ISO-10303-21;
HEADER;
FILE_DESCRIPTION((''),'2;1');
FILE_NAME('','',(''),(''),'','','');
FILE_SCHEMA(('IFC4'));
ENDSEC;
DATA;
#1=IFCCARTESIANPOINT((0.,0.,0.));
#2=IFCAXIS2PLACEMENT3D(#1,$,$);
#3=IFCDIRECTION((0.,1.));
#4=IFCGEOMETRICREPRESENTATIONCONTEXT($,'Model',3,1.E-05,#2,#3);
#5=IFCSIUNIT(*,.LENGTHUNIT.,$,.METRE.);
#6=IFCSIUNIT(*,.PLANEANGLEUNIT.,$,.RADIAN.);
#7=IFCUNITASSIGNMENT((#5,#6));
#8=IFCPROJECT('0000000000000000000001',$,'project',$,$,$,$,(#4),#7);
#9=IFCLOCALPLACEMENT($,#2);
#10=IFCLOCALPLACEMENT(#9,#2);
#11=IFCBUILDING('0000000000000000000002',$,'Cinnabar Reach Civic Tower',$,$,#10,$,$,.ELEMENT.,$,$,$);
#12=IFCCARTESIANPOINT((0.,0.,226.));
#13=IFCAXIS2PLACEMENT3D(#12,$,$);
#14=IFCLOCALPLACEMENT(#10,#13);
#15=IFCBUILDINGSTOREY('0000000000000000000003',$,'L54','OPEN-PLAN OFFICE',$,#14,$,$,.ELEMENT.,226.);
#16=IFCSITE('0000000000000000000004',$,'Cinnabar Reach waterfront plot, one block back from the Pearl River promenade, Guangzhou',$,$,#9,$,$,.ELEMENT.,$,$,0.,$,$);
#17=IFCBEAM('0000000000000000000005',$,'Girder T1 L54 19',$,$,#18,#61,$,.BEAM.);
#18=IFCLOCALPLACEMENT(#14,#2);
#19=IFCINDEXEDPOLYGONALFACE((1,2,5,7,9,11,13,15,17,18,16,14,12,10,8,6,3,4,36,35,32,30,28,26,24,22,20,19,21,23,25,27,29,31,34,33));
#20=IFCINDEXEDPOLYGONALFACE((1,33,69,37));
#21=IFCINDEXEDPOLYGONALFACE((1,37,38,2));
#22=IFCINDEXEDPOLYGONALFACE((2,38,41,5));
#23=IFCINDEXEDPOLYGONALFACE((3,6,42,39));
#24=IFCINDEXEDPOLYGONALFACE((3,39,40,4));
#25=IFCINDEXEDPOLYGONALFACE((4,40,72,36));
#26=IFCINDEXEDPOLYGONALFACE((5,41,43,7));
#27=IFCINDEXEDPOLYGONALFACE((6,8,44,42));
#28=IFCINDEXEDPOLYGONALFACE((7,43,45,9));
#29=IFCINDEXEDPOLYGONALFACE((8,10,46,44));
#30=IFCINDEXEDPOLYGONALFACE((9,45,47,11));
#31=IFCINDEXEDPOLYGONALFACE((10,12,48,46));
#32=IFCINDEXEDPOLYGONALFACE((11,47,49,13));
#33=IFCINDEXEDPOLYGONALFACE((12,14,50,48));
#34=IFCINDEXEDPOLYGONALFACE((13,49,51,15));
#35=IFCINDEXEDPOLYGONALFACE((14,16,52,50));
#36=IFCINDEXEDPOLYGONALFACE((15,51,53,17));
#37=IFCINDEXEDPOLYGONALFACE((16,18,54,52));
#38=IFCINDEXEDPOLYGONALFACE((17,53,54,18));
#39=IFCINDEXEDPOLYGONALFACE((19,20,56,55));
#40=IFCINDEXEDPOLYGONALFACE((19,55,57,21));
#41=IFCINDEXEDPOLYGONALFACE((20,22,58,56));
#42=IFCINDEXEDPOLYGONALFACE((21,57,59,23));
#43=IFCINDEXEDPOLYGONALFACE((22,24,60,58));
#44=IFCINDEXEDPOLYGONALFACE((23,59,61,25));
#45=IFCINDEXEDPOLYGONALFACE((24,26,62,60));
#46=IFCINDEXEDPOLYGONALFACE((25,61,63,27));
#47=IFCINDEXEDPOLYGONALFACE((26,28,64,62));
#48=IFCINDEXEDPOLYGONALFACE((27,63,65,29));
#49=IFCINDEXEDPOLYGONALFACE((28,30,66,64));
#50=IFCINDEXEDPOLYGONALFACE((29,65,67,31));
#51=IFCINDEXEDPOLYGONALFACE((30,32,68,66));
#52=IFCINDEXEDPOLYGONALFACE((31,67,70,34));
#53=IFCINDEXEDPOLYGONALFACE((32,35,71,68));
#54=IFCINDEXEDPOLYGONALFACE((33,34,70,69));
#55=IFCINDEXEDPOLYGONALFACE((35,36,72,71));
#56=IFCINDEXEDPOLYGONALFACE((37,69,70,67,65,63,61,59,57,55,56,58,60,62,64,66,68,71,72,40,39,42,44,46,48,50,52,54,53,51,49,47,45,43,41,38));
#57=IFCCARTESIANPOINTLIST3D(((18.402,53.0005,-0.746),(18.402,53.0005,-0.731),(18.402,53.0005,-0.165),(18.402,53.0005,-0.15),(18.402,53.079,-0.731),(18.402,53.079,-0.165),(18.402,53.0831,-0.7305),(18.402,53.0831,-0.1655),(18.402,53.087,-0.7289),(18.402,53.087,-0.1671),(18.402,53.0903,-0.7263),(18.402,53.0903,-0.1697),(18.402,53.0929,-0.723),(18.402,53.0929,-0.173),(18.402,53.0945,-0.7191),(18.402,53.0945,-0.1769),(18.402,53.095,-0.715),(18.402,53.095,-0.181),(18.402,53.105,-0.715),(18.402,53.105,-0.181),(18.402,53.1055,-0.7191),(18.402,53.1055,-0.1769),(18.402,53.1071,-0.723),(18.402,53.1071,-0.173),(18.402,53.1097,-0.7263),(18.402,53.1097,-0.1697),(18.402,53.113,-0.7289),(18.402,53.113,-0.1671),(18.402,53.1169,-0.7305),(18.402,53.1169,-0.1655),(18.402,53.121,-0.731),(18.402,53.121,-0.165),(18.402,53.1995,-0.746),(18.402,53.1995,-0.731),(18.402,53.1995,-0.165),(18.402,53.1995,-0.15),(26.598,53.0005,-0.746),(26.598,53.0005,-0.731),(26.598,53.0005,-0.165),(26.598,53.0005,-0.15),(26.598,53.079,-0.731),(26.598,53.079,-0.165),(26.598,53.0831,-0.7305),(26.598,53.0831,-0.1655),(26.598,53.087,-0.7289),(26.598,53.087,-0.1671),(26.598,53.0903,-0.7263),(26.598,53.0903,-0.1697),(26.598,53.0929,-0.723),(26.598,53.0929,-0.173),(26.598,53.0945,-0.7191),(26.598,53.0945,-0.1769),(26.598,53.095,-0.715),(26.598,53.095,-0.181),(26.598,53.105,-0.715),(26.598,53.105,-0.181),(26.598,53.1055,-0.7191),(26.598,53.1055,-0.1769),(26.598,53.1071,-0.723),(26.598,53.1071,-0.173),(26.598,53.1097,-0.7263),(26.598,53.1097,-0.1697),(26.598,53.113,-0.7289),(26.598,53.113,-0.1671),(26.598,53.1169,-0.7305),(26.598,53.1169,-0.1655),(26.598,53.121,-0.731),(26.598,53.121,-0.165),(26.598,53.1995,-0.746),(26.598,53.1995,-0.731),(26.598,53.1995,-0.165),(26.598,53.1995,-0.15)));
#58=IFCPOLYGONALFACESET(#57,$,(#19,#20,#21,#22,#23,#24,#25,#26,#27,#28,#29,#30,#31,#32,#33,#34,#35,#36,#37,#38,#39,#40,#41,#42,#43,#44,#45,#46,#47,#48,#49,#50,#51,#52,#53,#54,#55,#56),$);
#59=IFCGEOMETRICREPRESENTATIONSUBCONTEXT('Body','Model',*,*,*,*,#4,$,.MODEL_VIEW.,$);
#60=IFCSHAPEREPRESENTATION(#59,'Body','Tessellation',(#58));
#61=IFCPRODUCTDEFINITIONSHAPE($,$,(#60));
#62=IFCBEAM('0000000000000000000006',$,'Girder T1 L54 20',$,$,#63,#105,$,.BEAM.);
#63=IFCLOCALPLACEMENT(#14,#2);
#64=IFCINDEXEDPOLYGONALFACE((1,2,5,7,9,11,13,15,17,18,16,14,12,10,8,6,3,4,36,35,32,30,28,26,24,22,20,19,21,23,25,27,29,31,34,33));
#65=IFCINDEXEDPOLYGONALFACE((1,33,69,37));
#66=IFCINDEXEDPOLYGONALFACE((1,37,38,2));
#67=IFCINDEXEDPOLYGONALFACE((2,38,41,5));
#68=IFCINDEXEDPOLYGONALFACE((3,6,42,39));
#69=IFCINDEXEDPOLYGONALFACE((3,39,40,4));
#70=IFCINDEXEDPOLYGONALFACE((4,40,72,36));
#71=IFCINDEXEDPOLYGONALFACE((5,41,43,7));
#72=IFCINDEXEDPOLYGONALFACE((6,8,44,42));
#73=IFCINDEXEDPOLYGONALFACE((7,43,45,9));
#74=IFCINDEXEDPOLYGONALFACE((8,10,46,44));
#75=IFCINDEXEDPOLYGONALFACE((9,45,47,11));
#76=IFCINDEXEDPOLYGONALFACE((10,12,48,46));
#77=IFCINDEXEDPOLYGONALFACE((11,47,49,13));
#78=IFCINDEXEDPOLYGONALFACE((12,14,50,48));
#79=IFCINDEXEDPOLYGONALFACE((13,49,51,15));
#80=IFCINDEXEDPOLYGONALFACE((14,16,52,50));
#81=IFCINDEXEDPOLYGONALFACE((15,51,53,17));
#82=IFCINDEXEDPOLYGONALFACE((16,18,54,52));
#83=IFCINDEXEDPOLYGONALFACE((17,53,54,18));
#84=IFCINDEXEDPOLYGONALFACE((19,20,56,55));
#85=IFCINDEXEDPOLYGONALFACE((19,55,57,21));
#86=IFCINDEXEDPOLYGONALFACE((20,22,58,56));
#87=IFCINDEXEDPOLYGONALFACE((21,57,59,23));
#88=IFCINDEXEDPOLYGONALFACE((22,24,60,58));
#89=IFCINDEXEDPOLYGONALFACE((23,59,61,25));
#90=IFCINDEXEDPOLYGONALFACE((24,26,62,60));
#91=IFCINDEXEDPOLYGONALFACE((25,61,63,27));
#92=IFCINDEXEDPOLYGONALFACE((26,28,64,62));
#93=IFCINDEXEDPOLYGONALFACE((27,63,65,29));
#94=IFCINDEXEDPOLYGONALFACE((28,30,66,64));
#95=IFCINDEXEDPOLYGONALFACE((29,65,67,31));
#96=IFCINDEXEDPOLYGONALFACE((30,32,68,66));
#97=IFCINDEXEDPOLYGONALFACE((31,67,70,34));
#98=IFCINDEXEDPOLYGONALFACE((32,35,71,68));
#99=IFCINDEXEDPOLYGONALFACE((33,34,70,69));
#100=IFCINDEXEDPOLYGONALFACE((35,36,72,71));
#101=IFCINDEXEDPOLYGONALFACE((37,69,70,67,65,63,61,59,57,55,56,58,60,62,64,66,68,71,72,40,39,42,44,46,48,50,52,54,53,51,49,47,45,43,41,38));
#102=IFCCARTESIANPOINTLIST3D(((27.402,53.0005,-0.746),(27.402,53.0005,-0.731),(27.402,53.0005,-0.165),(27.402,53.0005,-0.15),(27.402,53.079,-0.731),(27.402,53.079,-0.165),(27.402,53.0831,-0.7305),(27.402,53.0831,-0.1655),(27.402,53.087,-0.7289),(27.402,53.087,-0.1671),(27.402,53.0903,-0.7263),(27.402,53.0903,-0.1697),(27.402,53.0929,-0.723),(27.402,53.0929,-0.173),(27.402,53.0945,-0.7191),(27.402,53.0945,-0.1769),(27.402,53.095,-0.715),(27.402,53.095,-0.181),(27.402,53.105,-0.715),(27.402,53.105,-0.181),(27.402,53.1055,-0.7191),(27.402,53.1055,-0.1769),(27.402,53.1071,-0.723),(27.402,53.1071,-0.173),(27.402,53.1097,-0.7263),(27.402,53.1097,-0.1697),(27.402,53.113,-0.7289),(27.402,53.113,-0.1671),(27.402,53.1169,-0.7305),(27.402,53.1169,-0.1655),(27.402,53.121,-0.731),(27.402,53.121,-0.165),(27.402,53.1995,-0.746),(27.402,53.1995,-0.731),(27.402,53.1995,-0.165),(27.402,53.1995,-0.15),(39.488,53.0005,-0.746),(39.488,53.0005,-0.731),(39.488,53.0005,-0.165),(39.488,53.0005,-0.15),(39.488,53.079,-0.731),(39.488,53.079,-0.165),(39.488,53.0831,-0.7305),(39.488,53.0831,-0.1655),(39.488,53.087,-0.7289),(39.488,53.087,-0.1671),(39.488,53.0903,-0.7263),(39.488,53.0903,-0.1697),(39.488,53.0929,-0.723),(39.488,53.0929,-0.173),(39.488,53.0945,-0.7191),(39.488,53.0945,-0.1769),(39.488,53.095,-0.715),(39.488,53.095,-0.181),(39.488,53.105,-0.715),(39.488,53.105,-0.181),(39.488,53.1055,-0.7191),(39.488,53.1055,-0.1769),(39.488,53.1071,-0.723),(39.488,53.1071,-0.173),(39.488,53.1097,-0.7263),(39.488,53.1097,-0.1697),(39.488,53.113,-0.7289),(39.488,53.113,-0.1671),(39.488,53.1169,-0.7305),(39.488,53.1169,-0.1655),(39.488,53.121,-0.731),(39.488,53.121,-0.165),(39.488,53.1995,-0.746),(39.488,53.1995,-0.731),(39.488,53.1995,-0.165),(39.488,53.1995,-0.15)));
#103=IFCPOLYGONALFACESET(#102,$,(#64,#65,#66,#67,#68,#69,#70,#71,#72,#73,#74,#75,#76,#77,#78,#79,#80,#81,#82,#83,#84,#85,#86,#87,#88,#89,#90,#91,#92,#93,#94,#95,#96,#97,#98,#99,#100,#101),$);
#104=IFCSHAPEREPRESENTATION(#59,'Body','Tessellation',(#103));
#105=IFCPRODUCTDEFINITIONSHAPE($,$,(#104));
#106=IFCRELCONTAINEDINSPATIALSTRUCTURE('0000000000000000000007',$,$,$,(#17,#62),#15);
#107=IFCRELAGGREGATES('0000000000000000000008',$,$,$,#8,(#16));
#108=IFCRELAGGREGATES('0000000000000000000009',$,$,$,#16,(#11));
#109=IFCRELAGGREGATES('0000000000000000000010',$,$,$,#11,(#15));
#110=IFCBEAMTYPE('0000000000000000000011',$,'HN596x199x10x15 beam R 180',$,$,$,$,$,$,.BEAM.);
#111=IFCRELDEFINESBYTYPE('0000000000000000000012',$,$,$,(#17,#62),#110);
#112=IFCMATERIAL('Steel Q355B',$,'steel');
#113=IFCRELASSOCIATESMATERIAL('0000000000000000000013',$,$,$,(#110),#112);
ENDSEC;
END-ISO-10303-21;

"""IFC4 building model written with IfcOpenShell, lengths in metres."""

from ifc_helpers import new_model, si_unit, direction, frame, origin, origin_2d, place, context, subcontext, project, spatial, i_section, extrude, material, material_profile, profile_set, type_object, element, save


model = new_model("IFC4")

# Units and contexts
model_context = context("Model", 3, precision=1e-05, world=origin(), true_north=direction((0.0, 1.0)))
body_context = subcontext(model_context, "Body", "Model", "MODEL_VIEW")
ifc_project = project(units=[si_unit("LENGTHUNIT", "METRE"), si_unit("PLANEANGLEUNIT", "RADIAN")], contexts=[model_context])

# Site, building, storey
site_placement = place(None, origin())
site = spatial("IfcSite", under=ifc_project, at=site_placement, Name="Cinnabar Reach waterfront plot, one block back from the Pearl River promenade, Guangzhou", CompositionType="ELEMENT", RefElevation=0.0)
building_placement = place(site_placement, origin())
building = spatial("IfcBuilding", under=site, at=building_placement, Name="Cinnabar Reach Civic Tower", CompositionType="ELEMENT")
storey_placement = place(building_placement, frame((0.0, 0.0, 226.0)))
storey = spatial("IfcBuildingStorey", under=building, at=storey_placement, Name="L54", Description="OPEN-PLAN OFFICE", CompositionType="ELEMENT", Elevation=226.0)

# Beams
ifc_material_1 = material(Name="Steel Q355B", Category="steel")
ifc_material_profile_1 = material_profile(ifc_material_1, i_section(OverallWidth=0.199, OverallDepth=0.596, WebThickness=0.01, FlangeThickness=0.015, FilletRadius=0.016, at=origin_2d()), Name="HN596x199x10x15")
ifc_profile_set_1 = profile_set([ifc_material_profile_1], Name="Steel Q355B")
beam_type_1 = type_object("IfcBeamType", Name="HN596x199x10x15 beam R 180", PredefinedType="BEAM", material=ifc_profile_set_1)
beam_1_placement = place(storey_placement, frame((18.402, 53.1, -0.448), z_axis=(1.0, 0.0, 0.0), x_axis=(0.0, 1.0, 0.0)))
element("IfcBeam", 1, at=beam_1_placement, inside=storey, type_object=beam_type_1, Name="Girder T1 L54 19", PredefinedType="BEAM", context=body_context, shape_type="SweptSolid", body=[
    extrude(i_section(OverallWidth=0.199, OverallDepth=0.596, WebThickness=0.01, FlangeThickness=0.015, FilletRadius=0.016, at=origin_2d()), origin(), (0.0, 0.0, 1.0), 8.196),
])
beam_2_placement = place(storey_placement, frame((27.402, 53.1, -0.448), z_axis=(1.0, 0.0, 0.0), x_axis=(0.0, 1.0, 0.0)))
element("IfcBeam", 2, at=beam_2_placement, inside=storey, type_object=beam_type_1, Name="Girder T1 L54 20", PredefinedType="BEAM", context=body_context, shape_type="SweptSolid", body=[
    extrude(i_section(OverallWidth=0.199, OverallDepth=0.596, WebThickness=0.01, FlangeThickness=0.015, FilletRadius=0.016, at=origin_2d()), origin(), (0.0, 0.0, 1.0), 12.086),
])

save(model, "model.ifc")
